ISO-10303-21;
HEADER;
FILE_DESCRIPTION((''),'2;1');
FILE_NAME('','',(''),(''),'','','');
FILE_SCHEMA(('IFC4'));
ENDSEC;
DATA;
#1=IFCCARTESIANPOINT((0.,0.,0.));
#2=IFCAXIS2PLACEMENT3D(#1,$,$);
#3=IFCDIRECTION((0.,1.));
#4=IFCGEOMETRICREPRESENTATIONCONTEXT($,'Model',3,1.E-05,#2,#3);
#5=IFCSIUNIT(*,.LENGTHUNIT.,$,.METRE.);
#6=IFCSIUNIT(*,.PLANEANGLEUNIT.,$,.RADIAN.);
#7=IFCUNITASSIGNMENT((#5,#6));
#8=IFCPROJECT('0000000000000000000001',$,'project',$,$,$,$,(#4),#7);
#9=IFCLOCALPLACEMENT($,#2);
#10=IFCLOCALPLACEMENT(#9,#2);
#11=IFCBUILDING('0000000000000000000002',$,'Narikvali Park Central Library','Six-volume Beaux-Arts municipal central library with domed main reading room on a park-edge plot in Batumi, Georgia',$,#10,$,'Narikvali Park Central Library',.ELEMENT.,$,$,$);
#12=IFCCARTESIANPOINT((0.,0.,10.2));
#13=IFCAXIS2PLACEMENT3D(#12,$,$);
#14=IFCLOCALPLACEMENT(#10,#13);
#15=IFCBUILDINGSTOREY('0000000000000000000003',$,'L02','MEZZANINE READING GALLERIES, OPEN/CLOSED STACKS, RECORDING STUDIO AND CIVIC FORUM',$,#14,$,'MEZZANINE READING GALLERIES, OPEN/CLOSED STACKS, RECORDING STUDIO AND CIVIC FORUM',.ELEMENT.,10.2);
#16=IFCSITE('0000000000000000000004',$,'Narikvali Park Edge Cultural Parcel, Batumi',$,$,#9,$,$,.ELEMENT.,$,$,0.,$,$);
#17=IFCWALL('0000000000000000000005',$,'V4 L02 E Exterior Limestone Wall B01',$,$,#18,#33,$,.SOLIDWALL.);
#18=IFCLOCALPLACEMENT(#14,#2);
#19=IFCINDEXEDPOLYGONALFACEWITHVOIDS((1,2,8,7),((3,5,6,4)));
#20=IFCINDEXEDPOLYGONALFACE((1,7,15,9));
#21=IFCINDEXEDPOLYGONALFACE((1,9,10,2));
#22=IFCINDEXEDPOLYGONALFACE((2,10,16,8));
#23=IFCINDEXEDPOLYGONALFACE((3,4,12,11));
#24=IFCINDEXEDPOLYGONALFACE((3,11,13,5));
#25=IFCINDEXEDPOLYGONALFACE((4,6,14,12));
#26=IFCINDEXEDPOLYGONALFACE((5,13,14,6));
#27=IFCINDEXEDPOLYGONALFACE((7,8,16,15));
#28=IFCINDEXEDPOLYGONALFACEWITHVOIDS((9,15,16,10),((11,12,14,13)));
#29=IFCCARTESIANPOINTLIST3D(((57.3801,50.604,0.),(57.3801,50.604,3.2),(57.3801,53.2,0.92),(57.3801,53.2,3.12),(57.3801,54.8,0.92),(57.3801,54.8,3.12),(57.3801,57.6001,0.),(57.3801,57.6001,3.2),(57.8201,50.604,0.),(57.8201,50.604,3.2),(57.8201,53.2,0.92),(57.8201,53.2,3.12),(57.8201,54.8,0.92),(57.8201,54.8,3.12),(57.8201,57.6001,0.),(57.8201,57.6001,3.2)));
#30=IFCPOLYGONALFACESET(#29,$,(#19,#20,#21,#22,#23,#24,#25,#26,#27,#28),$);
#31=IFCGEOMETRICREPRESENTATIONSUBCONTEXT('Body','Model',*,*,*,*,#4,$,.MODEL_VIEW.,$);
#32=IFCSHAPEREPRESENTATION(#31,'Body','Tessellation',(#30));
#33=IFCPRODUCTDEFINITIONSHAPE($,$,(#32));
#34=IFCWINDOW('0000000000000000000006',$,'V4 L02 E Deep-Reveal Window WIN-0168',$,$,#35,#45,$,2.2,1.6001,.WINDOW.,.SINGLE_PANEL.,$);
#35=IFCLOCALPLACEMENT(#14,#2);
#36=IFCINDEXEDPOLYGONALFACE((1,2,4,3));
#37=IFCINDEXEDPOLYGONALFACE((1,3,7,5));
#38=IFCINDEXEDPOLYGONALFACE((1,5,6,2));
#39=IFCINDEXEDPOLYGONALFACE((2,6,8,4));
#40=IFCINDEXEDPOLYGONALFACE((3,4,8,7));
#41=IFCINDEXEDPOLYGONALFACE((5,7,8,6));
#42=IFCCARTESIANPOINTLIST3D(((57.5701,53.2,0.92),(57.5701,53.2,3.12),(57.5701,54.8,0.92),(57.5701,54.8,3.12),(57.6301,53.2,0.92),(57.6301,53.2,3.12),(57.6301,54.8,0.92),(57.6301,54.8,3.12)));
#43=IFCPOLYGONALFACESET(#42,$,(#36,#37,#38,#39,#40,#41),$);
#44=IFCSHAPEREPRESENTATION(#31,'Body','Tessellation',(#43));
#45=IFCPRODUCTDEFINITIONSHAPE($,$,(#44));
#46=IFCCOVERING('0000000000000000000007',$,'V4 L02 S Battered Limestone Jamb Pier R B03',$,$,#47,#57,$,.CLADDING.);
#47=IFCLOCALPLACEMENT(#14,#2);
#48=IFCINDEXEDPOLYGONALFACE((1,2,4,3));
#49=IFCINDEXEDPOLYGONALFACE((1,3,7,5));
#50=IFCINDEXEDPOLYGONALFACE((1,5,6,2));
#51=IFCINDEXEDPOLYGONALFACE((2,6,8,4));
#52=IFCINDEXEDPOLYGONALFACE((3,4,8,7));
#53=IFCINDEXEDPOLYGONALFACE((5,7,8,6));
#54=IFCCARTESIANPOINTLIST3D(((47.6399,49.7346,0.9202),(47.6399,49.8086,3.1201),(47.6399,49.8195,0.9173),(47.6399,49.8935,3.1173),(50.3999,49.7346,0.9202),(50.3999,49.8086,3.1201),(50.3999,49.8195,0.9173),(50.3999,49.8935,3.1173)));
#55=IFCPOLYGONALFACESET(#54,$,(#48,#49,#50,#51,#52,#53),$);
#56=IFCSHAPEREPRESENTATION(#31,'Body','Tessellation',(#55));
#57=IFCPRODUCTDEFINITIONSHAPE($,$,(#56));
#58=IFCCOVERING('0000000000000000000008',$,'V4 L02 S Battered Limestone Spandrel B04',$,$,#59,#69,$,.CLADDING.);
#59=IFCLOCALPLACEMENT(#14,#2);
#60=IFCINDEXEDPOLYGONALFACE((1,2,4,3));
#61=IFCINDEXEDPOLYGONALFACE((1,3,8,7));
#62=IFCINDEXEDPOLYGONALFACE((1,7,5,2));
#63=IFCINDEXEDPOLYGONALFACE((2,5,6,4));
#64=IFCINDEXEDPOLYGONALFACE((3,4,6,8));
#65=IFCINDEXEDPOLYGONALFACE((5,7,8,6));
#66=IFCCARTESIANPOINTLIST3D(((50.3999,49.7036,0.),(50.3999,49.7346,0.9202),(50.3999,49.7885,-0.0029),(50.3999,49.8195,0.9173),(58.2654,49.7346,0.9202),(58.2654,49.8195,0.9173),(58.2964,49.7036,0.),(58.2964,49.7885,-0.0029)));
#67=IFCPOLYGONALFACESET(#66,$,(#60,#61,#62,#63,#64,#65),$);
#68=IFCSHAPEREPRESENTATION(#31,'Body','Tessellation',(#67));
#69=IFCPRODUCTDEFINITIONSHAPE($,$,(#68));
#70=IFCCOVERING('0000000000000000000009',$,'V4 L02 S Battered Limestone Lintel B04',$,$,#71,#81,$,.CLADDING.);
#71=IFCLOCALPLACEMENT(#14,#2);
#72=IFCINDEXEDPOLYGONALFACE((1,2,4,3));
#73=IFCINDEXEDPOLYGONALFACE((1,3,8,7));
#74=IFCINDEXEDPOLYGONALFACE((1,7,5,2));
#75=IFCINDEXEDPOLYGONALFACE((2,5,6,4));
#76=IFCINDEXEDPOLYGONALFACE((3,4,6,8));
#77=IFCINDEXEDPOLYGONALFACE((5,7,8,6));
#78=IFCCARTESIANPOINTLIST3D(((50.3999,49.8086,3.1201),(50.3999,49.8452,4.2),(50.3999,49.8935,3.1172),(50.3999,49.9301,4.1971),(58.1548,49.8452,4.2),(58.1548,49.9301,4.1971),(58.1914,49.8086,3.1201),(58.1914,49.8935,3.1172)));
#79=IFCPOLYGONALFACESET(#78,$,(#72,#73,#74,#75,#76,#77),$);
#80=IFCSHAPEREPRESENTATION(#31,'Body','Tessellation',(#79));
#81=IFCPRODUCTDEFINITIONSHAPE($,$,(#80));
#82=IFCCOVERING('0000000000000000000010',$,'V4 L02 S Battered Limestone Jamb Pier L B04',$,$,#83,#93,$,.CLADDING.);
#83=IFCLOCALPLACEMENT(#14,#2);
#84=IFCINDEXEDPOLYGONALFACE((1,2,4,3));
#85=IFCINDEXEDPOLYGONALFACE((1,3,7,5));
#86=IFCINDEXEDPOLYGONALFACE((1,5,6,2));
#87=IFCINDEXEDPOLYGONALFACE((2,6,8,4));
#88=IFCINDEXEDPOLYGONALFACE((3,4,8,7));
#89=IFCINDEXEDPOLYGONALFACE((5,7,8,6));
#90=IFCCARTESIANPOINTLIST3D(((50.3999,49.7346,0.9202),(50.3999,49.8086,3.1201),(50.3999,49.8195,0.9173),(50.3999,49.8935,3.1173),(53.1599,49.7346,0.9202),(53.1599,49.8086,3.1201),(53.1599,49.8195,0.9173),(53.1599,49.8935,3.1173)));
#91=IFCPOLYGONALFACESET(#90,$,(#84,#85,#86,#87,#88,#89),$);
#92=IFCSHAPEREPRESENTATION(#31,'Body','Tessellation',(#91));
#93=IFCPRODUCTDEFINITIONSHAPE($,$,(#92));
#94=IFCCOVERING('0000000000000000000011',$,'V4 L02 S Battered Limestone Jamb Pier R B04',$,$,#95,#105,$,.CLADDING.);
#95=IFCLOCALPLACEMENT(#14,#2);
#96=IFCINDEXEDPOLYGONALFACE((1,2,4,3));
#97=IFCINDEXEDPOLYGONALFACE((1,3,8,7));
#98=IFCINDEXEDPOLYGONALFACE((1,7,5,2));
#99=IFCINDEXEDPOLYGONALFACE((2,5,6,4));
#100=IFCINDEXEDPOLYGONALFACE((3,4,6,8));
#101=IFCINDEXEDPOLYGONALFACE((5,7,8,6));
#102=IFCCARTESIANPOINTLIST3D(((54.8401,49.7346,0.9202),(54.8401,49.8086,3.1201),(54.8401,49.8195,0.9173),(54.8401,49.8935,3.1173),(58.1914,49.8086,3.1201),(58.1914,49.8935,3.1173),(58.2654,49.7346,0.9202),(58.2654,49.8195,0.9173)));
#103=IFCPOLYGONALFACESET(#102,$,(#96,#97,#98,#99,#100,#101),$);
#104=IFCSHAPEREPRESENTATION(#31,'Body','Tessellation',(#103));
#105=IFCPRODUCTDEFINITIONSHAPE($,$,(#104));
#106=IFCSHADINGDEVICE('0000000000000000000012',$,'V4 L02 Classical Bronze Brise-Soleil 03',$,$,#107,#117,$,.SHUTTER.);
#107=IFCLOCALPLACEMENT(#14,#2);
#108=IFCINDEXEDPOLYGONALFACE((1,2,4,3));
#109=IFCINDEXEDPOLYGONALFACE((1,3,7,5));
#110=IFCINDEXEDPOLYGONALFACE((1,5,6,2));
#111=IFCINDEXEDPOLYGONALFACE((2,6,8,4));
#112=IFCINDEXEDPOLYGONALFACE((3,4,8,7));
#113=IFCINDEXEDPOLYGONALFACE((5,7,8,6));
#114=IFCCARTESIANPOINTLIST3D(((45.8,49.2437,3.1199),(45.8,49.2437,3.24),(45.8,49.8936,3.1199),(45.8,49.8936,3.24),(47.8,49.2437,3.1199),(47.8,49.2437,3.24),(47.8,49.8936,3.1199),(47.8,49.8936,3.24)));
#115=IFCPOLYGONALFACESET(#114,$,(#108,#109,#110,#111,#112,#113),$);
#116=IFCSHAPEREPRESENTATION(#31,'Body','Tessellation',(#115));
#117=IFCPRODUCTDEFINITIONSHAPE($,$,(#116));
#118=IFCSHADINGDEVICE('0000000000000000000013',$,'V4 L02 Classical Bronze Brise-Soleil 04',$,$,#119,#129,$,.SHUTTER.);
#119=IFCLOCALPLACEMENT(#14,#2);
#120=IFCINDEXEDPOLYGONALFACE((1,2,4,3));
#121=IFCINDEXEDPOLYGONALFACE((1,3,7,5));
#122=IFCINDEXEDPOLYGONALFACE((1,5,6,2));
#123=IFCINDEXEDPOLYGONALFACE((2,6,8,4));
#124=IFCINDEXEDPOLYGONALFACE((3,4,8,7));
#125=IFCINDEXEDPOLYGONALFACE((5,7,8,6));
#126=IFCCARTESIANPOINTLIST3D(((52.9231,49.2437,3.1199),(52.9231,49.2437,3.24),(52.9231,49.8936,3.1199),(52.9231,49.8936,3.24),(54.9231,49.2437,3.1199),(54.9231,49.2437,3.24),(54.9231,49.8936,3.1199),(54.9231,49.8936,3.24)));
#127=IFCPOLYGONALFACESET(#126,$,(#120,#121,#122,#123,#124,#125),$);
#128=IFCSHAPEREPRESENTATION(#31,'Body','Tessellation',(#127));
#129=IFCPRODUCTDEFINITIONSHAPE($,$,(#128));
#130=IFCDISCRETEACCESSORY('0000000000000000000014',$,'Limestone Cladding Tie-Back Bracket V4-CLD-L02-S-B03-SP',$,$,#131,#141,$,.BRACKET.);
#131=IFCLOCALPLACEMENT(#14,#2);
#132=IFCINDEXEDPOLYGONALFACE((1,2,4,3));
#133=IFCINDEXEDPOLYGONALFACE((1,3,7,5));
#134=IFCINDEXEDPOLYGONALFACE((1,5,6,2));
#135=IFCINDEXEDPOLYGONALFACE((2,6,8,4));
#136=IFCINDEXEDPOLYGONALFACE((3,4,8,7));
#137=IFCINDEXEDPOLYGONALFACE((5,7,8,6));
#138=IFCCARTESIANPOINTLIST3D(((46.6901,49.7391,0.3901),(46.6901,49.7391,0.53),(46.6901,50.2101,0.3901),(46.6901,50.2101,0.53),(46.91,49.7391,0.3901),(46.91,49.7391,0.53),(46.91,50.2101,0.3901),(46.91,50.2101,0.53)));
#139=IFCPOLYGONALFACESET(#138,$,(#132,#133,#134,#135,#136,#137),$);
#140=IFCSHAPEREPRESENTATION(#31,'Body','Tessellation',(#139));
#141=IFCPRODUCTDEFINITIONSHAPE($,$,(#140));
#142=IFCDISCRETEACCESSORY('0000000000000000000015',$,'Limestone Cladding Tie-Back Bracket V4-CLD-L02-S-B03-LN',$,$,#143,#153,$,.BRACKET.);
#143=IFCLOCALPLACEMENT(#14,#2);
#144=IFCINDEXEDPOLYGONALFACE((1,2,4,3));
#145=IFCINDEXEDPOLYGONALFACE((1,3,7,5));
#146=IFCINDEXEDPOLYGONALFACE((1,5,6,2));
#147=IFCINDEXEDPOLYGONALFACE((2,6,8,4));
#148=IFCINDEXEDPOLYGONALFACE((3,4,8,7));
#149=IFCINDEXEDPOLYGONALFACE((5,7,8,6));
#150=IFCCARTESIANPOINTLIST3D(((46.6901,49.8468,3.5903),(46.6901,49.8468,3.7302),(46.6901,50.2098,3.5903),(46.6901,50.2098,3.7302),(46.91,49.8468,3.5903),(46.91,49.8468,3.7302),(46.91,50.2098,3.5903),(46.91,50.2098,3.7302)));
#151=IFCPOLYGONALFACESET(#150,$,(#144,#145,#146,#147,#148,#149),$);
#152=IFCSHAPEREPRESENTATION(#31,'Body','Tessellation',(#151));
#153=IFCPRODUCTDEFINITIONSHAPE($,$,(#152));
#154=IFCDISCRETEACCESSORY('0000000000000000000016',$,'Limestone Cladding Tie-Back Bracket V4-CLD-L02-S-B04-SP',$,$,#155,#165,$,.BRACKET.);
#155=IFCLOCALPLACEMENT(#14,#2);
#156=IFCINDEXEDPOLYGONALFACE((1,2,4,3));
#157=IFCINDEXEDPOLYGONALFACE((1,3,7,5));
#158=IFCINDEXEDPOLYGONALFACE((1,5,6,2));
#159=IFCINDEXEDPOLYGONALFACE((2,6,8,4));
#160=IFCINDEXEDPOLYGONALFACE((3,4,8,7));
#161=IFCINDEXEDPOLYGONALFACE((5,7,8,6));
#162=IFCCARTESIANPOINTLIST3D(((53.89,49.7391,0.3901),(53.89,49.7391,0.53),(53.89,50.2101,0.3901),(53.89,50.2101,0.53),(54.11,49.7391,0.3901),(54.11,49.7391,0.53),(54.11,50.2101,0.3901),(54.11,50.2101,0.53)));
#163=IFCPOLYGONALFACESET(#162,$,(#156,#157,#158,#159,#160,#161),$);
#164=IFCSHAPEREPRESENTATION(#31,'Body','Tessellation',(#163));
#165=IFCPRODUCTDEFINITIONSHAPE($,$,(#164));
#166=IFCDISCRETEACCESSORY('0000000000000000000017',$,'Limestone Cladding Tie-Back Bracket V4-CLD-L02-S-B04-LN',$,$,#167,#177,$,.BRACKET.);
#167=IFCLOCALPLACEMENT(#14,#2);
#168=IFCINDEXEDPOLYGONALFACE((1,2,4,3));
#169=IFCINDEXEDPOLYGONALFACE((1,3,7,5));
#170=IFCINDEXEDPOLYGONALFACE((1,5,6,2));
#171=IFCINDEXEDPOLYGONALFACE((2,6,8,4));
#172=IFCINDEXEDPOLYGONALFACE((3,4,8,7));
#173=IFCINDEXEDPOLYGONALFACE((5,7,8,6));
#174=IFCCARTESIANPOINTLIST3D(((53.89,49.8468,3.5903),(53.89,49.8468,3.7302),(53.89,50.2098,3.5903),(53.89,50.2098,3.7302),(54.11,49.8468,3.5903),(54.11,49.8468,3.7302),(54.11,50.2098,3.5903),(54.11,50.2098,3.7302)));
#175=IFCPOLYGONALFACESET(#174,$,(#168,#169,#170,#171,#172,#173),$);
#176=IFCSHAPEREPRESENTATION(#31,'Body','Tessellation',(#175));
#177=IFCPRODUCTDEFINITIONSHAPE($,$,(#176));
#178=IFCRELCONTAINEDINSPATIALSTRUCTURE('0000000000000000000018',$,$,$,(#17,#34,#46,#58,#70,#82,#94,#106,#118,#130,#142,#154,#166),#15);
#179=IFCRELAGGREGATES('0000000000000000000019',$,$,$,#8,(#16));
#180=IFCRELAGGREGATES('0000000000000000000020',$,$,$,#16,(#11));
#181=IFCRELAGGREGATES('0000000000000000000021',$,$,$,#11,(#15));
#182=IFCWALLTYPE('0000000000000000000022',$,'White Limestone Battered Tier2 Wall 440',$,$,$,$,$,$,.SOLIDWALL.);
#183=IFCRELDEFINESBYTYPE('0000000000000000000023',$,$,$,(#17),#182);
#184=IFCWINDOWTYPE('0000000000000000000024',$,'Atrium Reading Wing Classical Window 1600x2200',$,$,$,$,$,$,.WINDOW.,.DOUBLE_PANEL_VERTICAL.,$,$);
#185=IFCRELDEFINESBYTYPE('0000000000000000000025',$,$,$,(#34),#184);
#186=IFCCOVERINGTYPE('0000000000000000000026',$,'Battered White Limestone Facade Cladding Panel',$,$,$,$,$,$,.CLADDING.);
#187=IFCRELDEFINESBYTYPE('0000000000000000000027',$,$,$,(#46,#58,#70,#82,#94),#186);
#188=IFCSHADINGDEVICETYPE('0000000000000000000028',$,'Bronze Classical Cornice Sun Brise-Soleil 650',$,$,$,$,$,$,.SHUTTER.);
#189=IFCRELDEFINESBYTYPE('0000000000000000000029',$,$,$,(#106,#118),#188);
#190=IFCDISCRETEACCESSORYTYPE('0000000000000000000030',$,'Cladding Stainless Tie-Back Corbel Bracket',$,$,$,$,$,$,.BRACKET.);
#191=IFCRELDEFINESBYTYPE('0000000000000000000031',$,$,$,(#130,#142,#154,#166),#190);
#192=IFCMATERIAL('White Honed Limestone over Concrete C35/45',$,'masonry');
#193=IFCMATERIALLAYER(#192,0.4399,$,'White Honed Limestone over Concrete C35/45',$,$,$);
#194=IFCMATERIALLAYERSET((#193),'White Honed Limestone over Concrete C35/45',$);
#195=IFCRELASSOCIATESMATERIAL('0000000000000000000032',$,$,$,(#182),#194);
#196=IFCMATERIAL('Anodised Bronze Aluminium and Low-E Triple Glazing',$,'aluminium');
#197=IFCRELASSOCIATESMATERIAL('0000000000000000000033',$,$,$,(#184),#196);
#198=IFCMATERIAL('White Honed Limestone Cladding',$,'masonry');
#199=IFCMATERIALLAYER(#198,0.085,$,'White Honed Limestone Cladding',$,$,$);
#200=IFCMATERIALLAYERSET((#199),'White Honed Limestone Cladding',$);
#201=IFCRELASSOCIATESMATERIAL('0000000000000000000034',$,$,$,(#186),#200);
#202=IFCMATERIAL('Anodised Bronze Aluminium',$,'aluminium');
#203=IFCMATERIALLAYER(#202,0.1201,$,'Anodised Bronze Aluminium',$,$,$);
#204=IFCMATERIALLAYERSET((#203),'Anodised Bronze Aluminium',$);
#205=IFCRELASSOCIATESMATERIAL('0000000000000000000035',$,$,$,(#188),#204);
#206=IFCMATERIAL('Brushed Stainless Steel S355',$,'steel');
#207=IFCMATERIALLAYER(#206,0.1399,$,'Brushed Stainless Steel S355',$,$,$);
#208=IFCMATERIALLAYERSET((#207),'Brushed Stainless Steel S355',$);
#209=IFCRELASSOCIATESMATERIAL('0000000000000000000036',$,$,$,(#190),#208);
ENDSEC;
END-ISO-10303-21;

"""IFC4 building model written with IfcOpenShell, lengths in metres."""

from ifc_helpers import new_model, si_unit, direction, frame, frame_2d, origin, origin_2d, place, context, subcontext, project, spatial, polyline, rectangle, outline, extrude, material, layer, layer_set, type_object, element, fill, save


model = new_model("IFC4")

# Units and contexts
model_context = context("Model", 3, precision=1e-05, world=origin(), true_north=direction((0.0, 1.0)))
body_context = subcontext(model_context, "Body", "Model", "MODEL_VIEW")
ifc_project = project(units=[si_unit("LENGTHUNIT", "METRE"), si_unit("PLANEANGLEUNIT", "RADIAN")], contexts=[model_context])

# Site, building, storey
site_placement = place(None, origin())
site = spatial("IfcSite", under=ifc_project, at=site_placement, Name="Narikvali Park Edge Cultural Parcel, Batumi", CompositionType="ELEMENT", RefElevation=0.0)
building_placement = place(site_placement, origin())
building = spatial("IfcBuilding", under=site, at=building_placement, Name="Narikvali Park Central Library", Description="Six-volume Beaux-Arts municipal central library with domed main reading room on a park-edge plot in Batumi, Georgia", LongName="Narikvali Park Central Library", CompositionType="ELEMENT")
storey_placement = place(building_placement, frame((0.0, 0.0, 10.2)))
storey = spatial("IfcBuildingStorey", under=building, at=storey_placement, Name="L02", Description="MEZZANINE READING GALLERIES, OPEN/CLOSED STACKS, RECORDING STUDIO AND CIVIC FORUM", LongName="MEZZANINE READING GALLERIES, OPEN/CLOSED STACKS, RECORDING STUDIO AND CIVIC FORUM", CompositionType="ELEMENT", Elevation=10.2)

# Wall, opening, window
ifc_material_1 = material(Name="White Honed Limestone over Concrete C35/45", Category="masonry")
ifc_layer_1 = layer(ifc_material_1, 0.4399, Name="White Honed Limestone over Concrete C35/45")
ifc_layer_set_1 = layer_set([ifc_layer_1], Name="White Honed Limestone over Concrete C35/45")
wall_type_1 = type_object("IfcWallType", Name="White Limestone Battered Tier2 Wall 440", PredefinedType="SOLIDWALL", material=ifc_layer_set_1)
ifc_material_2 = material(Name="Anodised Bronze Aluminium and Low-E Triple Glazing", Category="aluminium")
window_type = type_object("IfcWindowType", Name="Atrium Reading Wing Classical Window 1600x2200", PartitioningType="DOUBLE_PANEL_VERTICAL", PredefinedType="WINDOW", material=ifc_material_2)
wall_1_placement = place(storey_placement, frame((57.6001, 50.604, 0.0), z_axis=(0.0, 0.0, 1.0), x_axis=(0.0, 1.0, 0.0)))
wall_1 = element("IfcWall", 1, at=wall_1_placement, inside=storey, type_object=wall_type_1, Name="V4 L02 E Exterior Limestone Wall B01", PredefinedType="SOLIDWALL", context=body_context, shape_type="SweptSolid", body=[
    extrude(rectangle(XDim=6.9961, YDim=0.4399, at=frame_2d((3.498, 0.0))), origin(), (0.0, 0.0, 1.0), 3.2),
])
opening_1_placement = place(wall_1_placement, frame((2.5959, 0.0, 0.9199)))
opening_1 = element("IfcOpeningElement", 2, at=opening_1_placement, cuts=wall_1, PredefinedType="OPENING", context=body_context, shape_type="SweptSolid", body=[
    extrude(rectangle(XDim=1.6001, YDim=2.2, at=frame_2d((0.8, 1.1001))), frame((0.0, 0.2319, 0.0), z_axis=(0.0, -1.0, 0.0), x_axis=(1.0, 0.0, 0.0)), (0.0, 0.0, 1.0), 0.4639),
])
window_1_placement = place(opening_1_placement, origin())
window_1 = element("IfcWindow", 3, at=window_1_placement, inside=storey, type_object=window_type, Name="V4 L02 E Deep-Reveal Window WIN-0168", OverallHeight=2.2, OverallWidth=1.6001, PartitioningType="SINGLE_PANEL", PredefinedType="WINDOW", context=body_context, shape_type="SweptSolid", body=[
    extrude(rectangle(XDim=1.6001, YDim=2.2, at=frame_2d((0.8, 1.1001))), frame((0.0, 0.03, 0.0), z_axis=(0.0, -1.0, 0.0), x_axis=(1.0, 0.0, 0.0)), (0.0, 0.0, 1.0), 0.0601),
])
fill(opening_1, window_1)

# Coverings
ifc_material_3 = material(Name="White Honed Limestone Cladding", Category="masonry")
ifc_layer_2 = layer(ifc_material_3, 0.085, Name="White Honed Limestone Cladding")
ifc_layer_set_2 = layer_set([ifc_layer_2], Name="White Honed Limestone Cladding")
covering_type = type_object("IfcCoveringType", Name="Battered White Limestone Facade Cladding Panel", PredefinedType="CLADDING", material=ifc_layer_set_2)
covering_1_placement = place(storey_placement, frame((47.6399, 49.7346, 0.9202), z_axis=(0.0, -0.999435, 0.033607), x_axis=(1.0, 0.0, 0.0)))
element("IfcCovering", 4, at=covering_1_placement, inside=storey, type_object=covering_type, Name="V4 L02 S Battered Limestone Jamb Pier R B03", PredefinedType="CLADDING", context=body_context, shape_type="SweptSolid", body=[
    extrude(outline(polyline([(0.0, 0.0), (2.76, 0.0), (2.76, 2.2012), (0.0, 2.2012), (0.0, 0.0)])), origin(), (0.0, 0.0, -1.0), 0.085),
])
covering_2_placement = place(storey_placement, frame((50.3999, 49.7036, 0.0), z_axis=(0.0, -0.999433, 0.033677), x_axis=(1.0, 0.0, 0.0)))
element("IfcCovering", 5, at=covering_2_placement, inside=storey, type_object=covering_type, Name="V4 L02 S Battered Limestone Spandrel B04", PredefinedType="CLADDING", context=body_context, shape_type="SweptSolid", body=[
    extrude(outline(polyline([(0.0, 0.0), (7.8965, 0.0), (7.8655, 0.9207), (0.0, 0.9207), (0.0, 0.0)])), origin(), (0.0, 0.0, -1.0), 0.085),
])
covering_3_placement = place(storey_placement, frame((50.3999, 49.8086, 3.1201), z_axis=(0.0, -0.999425, 0.033894), x_axis=(1.0, 0.0, 0.0)))
element("IfcCovering", 6, at=covering_3_placement, inside=storey, type_object=covering_type, Name="V4 L02 S Battered Limestone Lintel B04", PredefinedType="CLADDING", context=body_context, shape_type="SweptSolid", body=[
    extrude(outline(polyline([(0.0, 0.0), (7.7915, 0.0), (7.7549, 1.0805), (0.0, 1.0805), (0.0, 0.0)])), origin(), (0.0, 0.0, -1.0), 0.085),
])
covering_4_placement = place(storey_placement, frame((50.3999, 49.7346, 0.9202), z_axis=(0.0, -0.999435, 0.033607), x_axis=(1.0, 0.0, 0.0)))
element("IfcCovering", 7, at=covering_4_placement, inside=storey, type_object=covering_type, Name="V4 L02 S Battered Limestone Jamb Pier L B04", PredefinedType="CLADDING", context=body_context, shape_type="SweptSolid", body=[
    extrude(outline(polyline([(0.0, 0.0), (2.76, 0.0), (2.76, 2.2012), (0.0, 2.2012), (0.0, 0.0)])), origin(), (0.0, 0.0, -1.0), 0.085),
])
covering_5_placement = place(storey_placement, frame((54.8401, 49.7346, 0.9202), z_axis=(0.0, -0.999435, 0.033607), x_axis=(1.0, 0.0, 0.0)))
element("IfcCovering", 8, at=covering_5_placement, inside=storey, type_object=covering_type, Name="V4 L02 S Battered Limestone Jamb Pier R B04", PredefinedType="CLADDING", context=body_context, shape_type="SweptSolid", body=[
    extrude(outline(polyline([(0.0, 0.0), (3.4253, 0.0), (3.3513, 2.2012), (0.0, 2.2012), (0.0, 0.0)])), origin(), (0.0, 0.0, -1.0), 0.085),
])

# Shading devices
ifc_material_4 = material(Name="Anodised Bronze Aluminium", Category="aluminium")
ifc_layer_3 = layer(ifc_material_4, 0.1201, Name="Anodised Bronze Aluminium")
ifc_layer_set_3 = layer_set([ifc_layer_3], Name="Anodised Bronze Aluminium")
shading_device_type = type_object("IfcShadingDeviceType", Name="Bronze Classical Cornice Sun Brise-Soleil 650", PredefinedType="SHUTTER", material=ifc_layer_set_3)
for number, where, z_axis, x_axis, name in (
    (9, (46.8, 49.5686, 3.1199), (0.0, 0.0, 1.0), (1.0, 0.0, 0.0), "V4 L02 Classical Bronze Brise-Soleil 03"),
    (10, (53.9231, 49.5686, 3.1199), (0.0, 0.0, 1.0), (1.0, 0.0, 0.0), "V4 L02 Classical Bronze Brise-Soleil 04"),
):
    element("IfcShadingDevice", number, at=place(storey_placement, frame(where, z_axis=z_axis, x_axis=x_axis)), inside=storey, type_object=shading_device_type, Name=name, PredefinedType="SHUTTER", context=body_context, shape_type="SweptSolid", body=[
        extrude(rectangle(XDim=2.0, YDim=0.6499, at=origin_2d()), origin(), (0.0, 0.0, 1.0), 0.1201),
    ])

# Discrete accessories
ifc_material_5 = material(Name="Brushed Stainless Steel S355", Category="steel")
ifc_layer_4 = layer(ifc_material_5, 0.1399, Name="Brushed Stainless Steel S355")
ifc_layer_set_4 = layer_set([ifc_layer_4], Name="Brushed Stainless Steel S355")
discrete_accessory_type = type_object("IfcDiscreteAccessoryType", Name="Cladding Stainless Tie-Back Corbel Bracket", PredefinedType="BRACKET", material=ifc_layer_set_4)
discrete_accessory_1_placement = place(storey_placement, frame((46.8, 49.9746, 0.3901), z_axis=(0.0, 0.0, 1.0), x_axis=(1.0, 0.0, 0.0)))
element("IfcDiscreteAccessory", 11, at=discrete_accessory_1_placement, inside=storey, type_object=discrete_accessory_type, Name="Limestone Cladding Tie-Back Bracket V4-CLD-L02-S-B03-SP", PredefinedType="BRACKET", context=body_context, shape_type="SweptSolid", body=[
    extrude(rectangle(XDim=0.22, YDim=0.4709, at=origin_2d()), origin(), (0.0, 0.0, 1.0), 0.1399),
])
discrete_accessory_2_placement = place(storey_placement, frame((46.8, 50.0283, 3.5903), z_axis=(0.0, 0.0, 1.0), x_axis=(1.0, 0.0, 0.0)))
element("IfcDiscreteAccessory", 12, at=discrete_accessory_2_placement, inside=storey, type_object=discrete_accessory_type, Name="Limestone Cladding Tie-Back Bracket V4-CLD-L02-S-B03-LN", PredefinedType="BRACKET", context=body_context, shape_type="SweptSolid", body=[
    extrude(rectangle(XDim=0.22, YDim=0.363, at=origin_2d()), origin(), (0.0, 0.0, 1.0), 0.1399),
])
discrete_accessory_3_placement = place(storey_placement, frame((54.0, 49.9746, 0.3901), z_axis=(0.0, 0.0, 1.0), x_axis=(1.0, 0.0, 0.0)))
element("IfcDiscreteAccessory", 13, at=discrete_accessory_3_placement, inside=storey, type_object=discrete_accessory_type, Name="Limestone Cladding Tie-Back Bracket V4-CLD-L02-S-B04-SP", PredefinedType="BRACKET", context=body_context, shape_type="SweptSolid", body=[
    extrude(rectangle(XDim=0.22, YDim=0.4709, at=origin_2d()), origin(), (0.0, 0.0, 1.0), 0.1399),
])
discrete_accessory_4_placement = place(storey_placement, frame((54.0, 50.0283, 3.5903), z_axis=(0.0, 0.0, 1.0), x_axis=(1.0, 0.0, 0.0)))
element("IfcDiscreteAccessory", 14, at=discrete_accessory_4_placement, inside=storey, type_object=discrete_accessory_type, Name="Limestone Cladding Tie-Back Bracket V4-CLD-L02-S-B04-LN", PredefinedType="BRACKET", context=body_context, shape_type="SweptSolid", body=[
    extrude(rectangle(XDim=0.22, YDim=0.363, at=origin_2d()), origin(), (0.0, 0.0, 1.0), 0.1399),
])

save(model, "model.ifc")
